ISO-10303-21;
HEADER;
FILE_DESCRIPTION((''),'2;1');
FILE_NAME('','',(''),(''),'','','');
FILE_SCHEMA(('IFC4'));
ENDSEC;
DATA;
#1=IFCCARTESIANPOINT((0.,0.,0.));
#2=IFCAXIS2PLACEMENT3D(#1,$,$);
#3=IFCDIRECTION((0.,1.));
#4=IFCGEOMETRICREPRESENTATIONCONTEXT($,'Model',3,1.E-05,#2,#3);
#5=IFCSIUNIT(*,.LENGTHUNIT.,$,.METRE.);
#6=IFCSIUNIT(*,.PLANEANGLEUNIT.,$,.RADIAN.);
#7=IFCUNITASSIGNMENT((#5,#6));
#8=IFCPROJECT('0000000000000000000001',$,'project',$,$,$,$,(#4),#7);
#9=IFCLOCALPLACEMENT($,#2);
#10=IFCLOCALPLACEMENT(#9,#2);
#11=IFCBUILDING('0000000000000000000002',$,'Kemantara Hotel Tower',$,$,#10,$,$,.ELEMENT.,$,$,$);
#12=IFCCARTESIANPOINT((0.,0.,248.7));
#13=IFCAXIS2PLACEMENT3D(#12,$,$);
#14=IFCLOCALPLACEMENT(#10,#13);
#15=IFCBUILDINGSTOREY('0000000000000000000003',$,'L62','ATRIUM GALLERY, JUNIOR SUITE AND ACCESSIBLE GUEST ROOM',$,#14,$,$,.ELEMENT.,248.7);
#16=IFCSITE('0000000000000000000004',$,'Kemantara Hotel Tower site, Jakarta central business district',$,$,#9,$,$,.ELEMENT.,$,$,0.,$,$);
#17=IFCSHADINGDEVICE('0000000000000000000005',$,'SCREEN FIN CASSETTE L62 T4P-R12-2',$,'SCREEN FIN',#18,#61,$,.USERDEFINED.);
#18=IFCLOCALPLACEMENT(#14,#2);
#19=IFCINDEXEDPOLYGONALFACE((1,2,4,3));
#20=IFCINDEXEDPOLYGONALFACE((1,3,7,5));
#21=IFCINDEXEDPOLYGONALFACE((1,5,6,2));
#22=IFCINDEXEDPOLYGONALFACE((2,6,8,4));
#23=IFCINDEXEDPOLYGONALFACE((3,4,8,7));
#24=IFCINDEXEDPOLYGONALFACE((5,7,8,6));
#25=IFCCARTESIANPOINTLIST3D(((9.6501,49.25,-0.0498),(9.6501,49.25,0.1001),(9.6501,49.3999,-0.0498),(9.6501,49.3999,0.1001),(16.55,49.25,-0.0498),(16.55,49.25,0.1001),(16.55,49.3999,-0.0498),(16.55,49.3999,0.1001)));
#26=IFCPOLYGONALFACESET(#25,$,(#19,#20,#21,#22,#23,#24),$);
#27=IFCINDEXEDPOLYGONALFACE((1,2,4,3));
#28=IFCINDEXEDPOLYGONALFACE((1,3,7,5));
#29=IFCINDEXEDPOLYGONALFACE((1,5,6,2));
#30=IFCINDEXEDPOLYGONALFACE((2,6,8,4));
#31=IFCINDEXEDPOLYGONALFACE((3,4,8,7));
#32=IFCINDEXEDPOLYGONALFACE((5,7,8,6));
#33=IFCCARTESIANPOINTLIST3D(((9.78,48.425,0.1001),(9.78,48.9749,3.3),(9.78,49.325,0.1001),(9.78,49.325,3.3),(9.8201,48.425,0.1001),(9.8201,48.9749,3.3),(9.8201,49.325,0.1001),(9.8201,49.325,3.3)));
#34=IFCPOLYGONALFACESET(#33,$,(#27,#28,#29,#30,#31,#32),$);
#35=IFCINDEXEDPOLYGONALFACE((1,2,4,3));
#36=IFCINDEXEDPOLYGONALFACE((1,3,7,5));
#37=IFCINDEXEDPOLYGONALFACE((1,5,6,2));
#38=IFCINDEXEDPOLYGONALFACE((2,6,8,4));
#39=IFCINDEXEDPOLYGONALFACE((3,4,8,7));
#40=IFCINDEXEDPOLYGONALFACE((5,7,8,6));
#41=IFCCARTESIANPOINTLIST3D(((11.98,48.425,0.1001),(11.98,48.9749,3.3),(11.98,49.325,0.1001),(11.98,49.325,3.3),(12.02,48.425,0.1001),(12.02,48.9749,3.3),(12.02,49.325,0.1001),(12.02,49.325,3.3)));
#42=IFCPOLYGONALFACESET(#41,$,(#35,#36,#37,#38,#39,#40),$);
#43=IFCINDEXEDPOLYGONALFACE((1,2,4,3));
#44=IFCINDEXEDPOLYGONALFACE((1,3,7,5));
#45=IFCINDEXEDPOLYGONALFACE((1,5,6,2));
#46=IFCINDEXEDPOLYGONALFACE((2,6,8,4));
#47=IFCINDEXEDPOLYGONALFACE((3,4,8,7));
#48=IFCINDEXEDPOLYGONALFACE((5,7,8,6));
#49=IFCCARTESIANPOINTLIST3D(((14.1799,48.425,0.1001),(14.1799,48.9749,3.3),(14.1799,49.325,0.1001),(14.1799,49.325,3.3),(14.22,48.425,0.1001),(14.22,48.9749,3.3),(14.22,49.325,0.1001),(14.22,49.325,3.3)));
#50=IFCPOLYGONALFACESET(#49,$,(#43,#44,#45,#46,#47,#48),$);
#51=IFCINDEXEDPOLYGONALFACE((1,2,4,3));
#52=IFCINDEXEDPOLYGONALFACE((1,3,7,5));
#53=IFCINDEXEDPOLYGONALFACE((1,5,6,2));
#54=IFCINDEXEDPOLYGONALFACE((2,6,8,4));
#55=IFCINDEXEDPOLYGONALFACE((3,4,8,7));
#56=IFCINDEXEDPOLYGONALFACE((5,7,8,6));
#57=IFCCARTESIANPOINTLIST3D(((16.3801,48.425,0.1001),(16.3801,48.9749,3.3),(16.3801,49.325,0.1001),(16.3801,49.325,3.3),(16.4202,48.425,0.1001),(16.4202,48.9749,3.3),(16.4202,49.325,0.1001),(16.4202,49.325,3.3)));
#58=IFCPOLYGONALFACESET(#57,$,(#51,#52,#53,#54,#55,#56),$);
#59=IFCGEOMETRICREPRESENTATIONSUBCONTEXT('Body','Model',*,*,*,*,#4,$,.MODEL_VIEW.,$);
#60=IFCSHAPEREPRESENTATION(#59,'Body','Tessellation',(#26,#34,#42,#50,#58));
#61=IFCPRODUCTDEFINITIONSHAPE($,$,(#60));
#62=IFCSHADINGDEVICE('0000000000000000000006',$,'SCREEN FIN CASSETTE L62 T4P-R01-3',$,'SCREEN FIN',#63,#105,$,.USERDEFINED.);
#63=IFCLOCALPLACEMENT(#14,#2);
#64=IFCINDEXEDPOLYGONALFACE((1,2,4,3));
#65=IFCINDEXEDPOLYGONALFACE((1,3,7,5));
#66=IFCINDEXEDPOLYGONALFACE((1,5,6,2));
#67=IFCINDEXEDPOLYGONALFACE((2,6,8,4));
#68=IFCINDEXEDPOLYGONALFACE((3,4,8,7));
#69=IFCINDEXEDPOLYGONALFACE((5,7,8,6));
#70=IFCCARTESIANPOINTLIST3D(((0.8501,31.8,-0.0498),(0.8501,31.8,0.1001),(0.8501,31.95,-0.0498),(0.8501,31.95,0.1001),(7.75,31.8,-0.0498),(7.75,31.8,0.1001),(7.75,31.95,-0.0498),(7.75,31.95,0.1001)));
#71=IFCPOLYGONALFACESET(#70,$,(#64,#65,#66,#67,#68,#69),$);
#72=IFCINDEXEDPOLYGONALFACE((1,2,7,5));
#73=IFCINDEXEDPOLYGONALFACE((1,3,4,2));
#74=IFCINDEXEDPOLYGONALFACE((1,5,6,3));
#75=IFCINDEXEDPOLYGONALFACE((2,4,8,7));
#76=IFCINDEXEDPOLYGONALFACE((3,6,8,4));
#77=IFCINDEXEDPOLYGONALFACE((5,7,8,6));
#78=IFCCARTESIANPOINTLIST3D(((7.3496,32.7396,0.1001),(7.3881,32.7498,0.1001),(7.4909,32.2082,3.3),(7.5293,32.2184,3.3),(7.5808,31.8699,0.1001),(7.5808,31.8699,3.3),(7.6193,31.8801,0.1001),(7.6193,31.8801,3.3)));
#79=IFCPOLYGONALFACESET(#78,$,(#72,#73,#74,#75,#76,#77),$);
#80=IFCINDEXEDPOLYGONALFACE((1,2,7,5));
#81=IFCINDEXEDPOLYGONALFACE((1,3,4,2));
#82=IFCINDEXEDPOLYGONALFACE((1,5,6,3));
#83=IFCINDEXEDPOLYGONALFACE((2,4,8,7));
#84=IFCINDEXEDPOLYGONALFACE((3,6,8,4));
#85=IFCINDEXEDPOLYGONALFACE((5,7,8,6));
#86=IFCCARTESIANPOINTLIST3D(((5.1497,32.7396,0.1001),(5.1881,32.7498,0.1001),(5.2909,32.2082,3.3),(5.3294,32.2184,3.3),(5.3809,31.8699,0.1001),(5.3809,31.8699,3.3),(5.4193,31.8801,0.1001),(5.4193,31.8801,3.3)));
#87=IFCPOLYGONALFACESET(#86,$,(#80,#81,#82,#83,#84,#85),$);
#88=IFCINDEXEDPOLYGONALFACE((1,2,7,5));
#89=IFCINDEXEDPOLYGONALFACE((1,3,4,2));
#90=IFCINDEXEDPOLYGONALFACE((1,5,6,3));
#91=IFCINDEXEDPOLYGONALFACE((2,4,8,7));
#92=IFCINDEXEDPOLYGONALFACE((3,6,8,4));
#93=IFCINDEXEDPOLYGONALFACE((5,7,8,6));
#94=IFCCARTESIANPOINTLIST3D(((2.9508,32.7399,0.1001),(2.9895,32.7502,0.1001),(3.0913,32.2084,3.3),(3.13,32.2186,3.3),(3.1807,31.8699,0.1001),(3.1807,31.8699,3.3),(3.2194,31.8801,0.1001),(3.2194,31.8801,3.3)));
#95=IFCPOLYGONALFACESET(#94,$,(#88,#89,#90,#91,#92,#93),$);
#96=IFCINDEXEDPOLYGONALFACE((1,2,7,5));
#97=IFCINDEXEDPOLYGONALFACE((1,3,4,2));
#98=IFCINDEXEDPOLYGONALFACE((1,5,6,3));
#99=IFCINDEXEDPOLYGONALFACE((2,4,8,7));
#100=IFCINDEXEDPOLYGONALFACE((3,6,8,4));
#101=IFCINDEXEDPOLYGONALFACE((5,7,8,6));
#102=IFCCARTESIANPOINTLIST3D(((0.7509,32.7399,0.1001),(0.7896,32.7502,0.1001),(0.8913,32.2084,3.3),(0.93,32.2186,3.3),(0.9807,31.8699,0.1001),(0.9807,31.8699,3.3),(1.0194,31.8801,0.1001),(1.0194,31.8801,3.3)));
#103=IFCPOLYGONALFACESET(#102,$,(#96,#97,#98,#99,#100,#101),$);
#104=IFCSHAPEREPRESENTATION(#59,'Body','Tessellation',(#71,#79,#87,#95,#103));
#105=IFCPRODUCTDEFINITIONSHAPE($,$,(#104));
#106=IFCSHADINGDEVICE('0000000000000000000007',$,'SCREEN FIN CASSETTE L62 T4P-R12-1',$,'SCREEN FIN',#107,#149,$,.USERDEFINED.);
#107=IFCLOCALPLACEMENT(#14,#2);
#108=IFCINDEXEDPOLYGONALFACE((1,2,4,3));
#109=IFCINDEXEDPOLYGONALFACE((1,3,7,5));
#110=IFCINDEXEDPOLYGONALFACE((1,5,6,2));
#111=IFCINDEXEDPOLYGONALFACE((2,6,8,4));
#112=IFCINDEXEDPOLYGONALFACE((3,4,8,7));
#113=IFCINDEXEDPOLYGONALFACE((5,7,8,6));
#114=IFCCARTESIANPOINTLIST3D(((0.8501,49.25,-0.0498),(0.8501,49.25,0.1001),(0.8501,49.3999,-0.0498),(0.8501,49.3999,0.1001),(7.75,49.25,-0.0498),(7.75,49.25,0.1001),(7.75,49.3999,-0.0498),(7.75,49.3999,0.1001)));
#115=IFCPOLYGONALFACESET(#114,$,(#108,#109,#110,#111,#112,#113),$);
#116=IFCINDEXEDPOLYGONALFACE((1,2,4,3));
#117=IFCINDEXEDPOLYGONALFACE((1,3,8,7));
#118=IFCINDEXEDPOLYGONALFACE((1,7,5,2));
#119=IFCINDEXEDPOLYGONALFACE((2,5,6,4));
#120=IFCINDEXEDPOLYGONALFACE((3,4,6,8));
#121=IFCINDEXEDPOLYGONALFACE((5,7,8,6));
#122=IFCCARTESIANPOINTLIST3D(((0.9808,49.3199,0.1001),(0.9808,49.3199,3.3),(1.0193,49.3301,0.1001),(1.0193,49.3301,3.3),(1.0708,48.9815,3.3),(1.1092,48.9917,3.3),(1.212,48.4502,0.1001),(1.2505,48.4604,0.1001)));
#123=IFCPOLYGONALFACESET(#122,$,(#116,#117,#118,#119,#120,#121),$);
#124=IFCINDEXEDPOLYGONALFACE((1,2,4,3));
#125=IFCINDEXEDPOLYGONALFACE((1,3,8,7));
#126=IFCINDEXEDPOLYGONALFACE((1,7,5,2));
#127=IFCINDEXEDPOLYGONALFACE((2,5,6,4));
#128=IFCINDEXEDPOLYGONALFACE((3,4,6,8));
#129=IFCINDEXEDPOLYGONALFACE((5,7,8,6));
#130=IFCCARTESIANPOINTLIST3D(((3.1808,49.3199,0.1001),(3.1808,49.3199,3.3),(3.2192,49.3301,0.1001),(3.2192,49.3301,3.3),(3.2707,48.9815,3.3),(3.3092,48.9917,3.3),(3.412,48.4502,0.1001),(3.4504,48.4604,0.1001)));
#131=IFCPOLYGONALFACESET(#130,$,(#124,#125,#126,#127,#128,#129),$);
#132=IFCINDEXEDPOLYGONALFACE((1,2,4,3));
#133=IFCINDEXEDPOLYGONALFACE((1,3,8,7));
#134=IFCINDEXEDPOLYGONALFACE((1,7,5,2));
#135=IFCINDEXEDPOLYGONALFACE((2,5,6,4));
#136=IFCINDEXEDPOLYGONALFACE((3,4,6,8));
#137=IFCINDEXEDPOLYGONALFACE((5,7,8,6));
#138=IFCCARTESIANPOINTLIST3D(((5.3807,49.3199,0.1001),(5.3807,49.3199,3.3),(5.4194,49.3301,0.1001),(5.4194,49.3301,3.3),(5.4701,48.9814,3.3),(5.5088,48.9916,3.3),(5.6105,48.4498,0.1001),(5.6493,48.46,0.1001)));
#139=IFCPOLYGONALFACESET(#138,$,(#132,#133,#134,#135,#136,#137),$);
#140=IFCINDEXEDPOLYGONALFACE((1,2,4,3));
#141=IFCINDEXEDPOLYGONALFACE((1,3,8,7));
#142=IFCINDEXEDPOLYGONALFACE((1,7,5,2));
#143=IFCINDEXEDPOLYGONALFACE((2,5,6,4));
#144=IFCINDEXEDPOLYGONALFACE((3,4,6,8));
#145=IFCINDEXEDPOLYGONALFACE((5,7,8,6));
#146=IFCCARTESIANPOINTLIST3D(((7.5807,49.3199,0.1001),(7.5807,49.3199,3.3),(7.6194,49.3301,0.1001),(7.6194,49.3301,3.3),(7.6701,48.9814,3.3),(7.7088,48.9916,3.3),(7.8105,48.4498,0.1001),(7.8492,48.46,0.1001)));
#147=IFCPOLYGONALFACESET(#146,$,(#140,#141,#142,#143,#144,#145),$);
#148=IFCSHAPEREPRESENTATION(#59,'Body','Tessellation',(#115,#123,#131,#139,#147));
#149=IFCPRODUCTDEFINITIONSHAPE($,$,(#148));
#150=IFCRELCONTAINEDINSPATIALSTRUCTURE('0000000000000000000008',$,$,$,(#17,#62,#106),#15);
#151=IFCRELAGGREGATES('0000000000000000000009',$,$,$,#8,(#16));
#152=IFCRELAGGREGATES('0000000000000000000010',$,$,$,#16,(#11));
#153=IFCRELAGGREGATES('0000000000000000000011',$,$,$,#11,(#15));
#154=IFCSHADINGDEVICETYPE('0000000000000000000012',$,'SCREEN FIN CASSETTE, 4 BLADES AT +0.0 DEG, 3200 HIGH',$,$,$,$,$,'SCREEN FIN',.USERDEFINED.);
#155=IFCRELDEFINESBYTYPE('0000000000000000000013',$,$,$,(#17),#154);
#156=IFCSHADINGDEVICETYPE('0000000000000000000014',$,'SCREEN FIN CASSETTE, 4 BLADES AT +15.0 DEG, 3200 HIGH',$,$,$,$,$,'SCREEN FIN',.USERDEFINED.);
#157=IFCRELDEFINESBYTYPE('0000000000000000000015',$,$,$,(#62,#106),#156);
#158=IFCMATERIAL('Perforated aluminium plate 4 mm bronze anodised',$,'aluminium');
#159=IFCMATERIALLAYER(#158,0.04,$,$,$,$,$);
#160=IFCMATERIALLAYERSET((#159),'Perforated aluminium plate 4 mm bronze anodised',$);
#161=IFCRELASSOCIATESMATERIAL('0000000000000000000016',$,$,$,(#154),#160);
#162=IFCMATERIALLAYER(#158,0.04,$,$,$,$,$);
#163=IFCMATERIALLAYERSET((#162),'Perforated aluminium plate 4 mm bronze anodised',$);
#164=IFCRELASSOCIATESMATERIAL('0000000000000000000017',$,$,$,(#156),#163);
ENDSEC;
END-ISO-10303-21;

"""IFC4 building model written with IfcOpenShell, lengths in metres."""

from ifc_helpers import new_model, si_unit, direction, frame, origin, origin_2d, place, context, subcontext, project, spatial, polyline, rectangle, outline, extrude, source, transform, mapped, material, layer, layer_set, type_object, element, save


model = new_model("IFC4")

# Units and contexts
model_context = context("Model", 3, precision=1e-05, world=origin(), true_north=direction((0.0, 1.0)))
body_context = subcontext(model_context, "Body", "Model", "MODEL_VIEW")
ifc_project = project(units=[si_unit("LENGTHUNIT", "METRE"), si_unit("PLANEANGLEUNIT", "RADIAN")], contexts=[model_context])

# Site, building, storey
site_placement = place(None, origin())
site = spatial("IfcSite", under=ifc_project, at=site_placement, Name="Kemantara Hotel Tower site, Jakarta central business district", CompositionType="ELEMENT", RefElevation=0.0)
building_placement = place(site_placement, origin())
building = spatial("IfcBuilding", under=site, at=building_placement, Name="Kemantara Hotel Tower", CompositionType="ELEMENT")
storey_placement = place(building_placement, frame((0.0, 0.0, 248.7)))
storey = spatial("IfcBuildingStorey", under=building, at=storey_placement, Name="L62", Description="ATRIUM GALLERY, JUNIOR SUITE AND ACCESSIBLE GUEST ROOM", CompositionType="ELEMENT", Elevation=248.7)

# Shading devices
ifc_material_1 = material(Name="Perforated aluminium plate 4 mm bronze anodised", Category="aluminium")
ifc_layer_1 = layer(ifc_material_1, 0.04)
ifc_layer_set_1 = layer_set([ifc_layer_1], Name="Perforated aluminium plate 4 mm bronze anodised")
shading_device_type_1 = type_object("IfcShadingDeviceType", Name="SCREEN FIN CASSETTE, 4 BLADES AT +0.0 DEG, 3200 HIGH", ElementType="SCREEN FIN", PredefinedType="USERDEFINED", material=ifc_layer_set_1)
shared_shape_1 = source(origin(), body_context, "Body", "SweptSolid", [
    extrude(rectangle(XDim=6.8999, YDim=0.1499, at=origin_2d()), frame((3.3, -0.075, -0.1499), z_axis=(0.0, 0.0, 1.0), x_axis=(1.0, 0.0, 0.0)), (0.0, 0.0, 1.0), 0.1499),
    extrude(outline(polyline([(0.0, 0.0), (0.8999, 0.0), (0.3501, 3.2), (0.0, 3.2), (0.0, 0.0)])), frame((0.02, -0.075, 0.0), z_axis=(-1.0, 0.0, 0.0), x_axis=(0.0, -1.0, 0.0)), (0.0, 0.0, 1.0), 0.04),
    extrude(outline(polyline([(0.0, 0.0), (0.8999, 0.0), (0.3501, 3.2), (0.0, 3.2), (0.0, 0.0)])), frame((2.22, -0.075, 0.0), z_axis=(-1.0, 0.0, 0.0), x_axis=(0.0, -1.0, 0.0)), (0.0, 0.0, 1.0), 0.04),
    extrude(outline(polyline([(0.0, 0.0), (0.8999, 0.0), (0.3501, 3.2), (0.0, 3.2), (0.0, 0.0)])), frame((4.4199, -0.075, 0.0), z_axis=(-1.0, 0.0, 0.0), x_axis=(0.0, -1.0, 0.0)), (0.0, 0.0, 1.0), 0.04),
    extrude(outline(polyline([(0.0, 0.0), (0.8999, 0.0), (0.3501, 3.2), (0.0, 3.2), (0.0, 0.0)])), frame((6.6201, -0.075, 0.0), z_axis=(-1.0, 0.0, 0.0), x_axis=(0.0, -1.0, 0.0)), (0.0, 0.0, 1.0), 0.04),
])
shading_device_placement = place(storey_placement, frame((9.8, 49.3999, 0.1001), z_axis=(0.0, 0.0, 1.0), x_axis=(1.0, 0.0, 0.0)))
element("IfcShadingDevice", 1, at=shading_device_placement, inside=storey, type_object=shading_device_type_1, Name="SCREEN FIN CASSETTE L62 T4P-R12-2", ObjectType="SCREEN FIN", PredefinedType="USERDEFINED", context=body_context, shape_type="MappedRepresentation", body=[
    mapped(shared_shape_1, transform((0.0, 0.0, 0.0))),
])
ifc_layer_2 = layer(ifc_material_1, 0.04)
ifc_layer_set_2 = layer_set([ifc_layer_2], Name="Perforated aluminium plate 4 mm bronze anodised")
shading_device_type_2 = type_object("IfcShadingDeviceType", Name="SCREEN FIN CASSETTE, 4 BLADES AT +15.0 DEG, 3200 HIGH", ElementType="SCREEN FIN", PredefinedType="USERDEFINED", material=ifc_layer_set_2)
shared_shape_2 = source(origin(), body_context, "Body", "SweptSolid", [
    extrude(rectangle(XDim=6.8999, YDim=0.1499, at=origin_2d()), frame((3.3, -0.075, -0.1499), z_axis=(0.0, 0.0, 1.0), x_axis=(1.0, 0.0, 0.0)), (0.0, 0.0, 1.0), 0.1499),
    extrude(outline(polyline([(0.0, 0.0), (0.8999, 0.0), (0.3501, 3.2), (0.0, 3.2), (0.0, 0.0)])), frame((0.0193, -0.0698, 0.0), z_axis=(-0.966438, -0.256901, 0.0), x_axis=(0.256901, -0.966438, 0.0)), (0.0, 0.0, 1.0), 0.0398),
    extrude(outline(polyline([(0.0, 0.0), (0.8999, 0.0), (0.3501, 3.2), (0.0, 3.2), (0.0, 0.0)])), frame((2.2192, -0.0698, 0.0), z_axis=(-0.966438, -0.256901, 0.0), x_axis=(0.256901, -0.966438, 0.0)), (0.0, 0.0, 1.0), 0.0398),
    extrude(outline(polyline([(0.0, 0.0), (0.8999, 0.0), (0.3501, 3.2), (0.0, 3.2), (0.0, 0.0)])), frame((4.4194, -0.0698, 0.0), z_axis=(-0.966838, -0.255391, 0.0), x_axis=(0.255391, -0.966838, 0.0)), (0.0, 0.0, 1.0), 0.04),
    extrude(outline(polyline([(0.0, 0.0), (0.8999, 0.0), (0.3501, 3.2), (0.0, 3.2), (0.0, 0.0)])), frame((6.6194, -0.0698, 0.0), z_axis=(-0.966838, -0.255391, 0.0), x_axis=(0.255391, -0.966838, 0.0)), (0.0, 0.0, 1.0), 0.04),
])
for number, where, z_axis, x_axis, name in (
    (2, (7.6001, 31.8, 0.1001), (0.0, 0.0, 1.0), (-1.0, 0.0, 0.0), "SCREEN FIN CASSETTE L62 T4P-R01-3"),
    (3, (1.0, 49.3999, 0.1001), (0.0, 0.0, 1.0), (1.0, 0.0, 0.0), "SCREEN FIN CASSETTE L62 T4P-R12-1"),
):
    element("IfcShadingDevice", number, at=place(storey_placement, frame(where, z_axis=z_axis, x_axis=x_axis)), inside=storey, type_object=shading_device_type_2, Name=name, ObjectType="SCREEN FIN", PredefinedType="USERDEFINED", context=body_context, shape_type="MappedRepresentation", body=[
        mapped(shared_shape_2, transform((0.0, 0.0, 0.0))),
    ])

save(model, "model.ifc")
